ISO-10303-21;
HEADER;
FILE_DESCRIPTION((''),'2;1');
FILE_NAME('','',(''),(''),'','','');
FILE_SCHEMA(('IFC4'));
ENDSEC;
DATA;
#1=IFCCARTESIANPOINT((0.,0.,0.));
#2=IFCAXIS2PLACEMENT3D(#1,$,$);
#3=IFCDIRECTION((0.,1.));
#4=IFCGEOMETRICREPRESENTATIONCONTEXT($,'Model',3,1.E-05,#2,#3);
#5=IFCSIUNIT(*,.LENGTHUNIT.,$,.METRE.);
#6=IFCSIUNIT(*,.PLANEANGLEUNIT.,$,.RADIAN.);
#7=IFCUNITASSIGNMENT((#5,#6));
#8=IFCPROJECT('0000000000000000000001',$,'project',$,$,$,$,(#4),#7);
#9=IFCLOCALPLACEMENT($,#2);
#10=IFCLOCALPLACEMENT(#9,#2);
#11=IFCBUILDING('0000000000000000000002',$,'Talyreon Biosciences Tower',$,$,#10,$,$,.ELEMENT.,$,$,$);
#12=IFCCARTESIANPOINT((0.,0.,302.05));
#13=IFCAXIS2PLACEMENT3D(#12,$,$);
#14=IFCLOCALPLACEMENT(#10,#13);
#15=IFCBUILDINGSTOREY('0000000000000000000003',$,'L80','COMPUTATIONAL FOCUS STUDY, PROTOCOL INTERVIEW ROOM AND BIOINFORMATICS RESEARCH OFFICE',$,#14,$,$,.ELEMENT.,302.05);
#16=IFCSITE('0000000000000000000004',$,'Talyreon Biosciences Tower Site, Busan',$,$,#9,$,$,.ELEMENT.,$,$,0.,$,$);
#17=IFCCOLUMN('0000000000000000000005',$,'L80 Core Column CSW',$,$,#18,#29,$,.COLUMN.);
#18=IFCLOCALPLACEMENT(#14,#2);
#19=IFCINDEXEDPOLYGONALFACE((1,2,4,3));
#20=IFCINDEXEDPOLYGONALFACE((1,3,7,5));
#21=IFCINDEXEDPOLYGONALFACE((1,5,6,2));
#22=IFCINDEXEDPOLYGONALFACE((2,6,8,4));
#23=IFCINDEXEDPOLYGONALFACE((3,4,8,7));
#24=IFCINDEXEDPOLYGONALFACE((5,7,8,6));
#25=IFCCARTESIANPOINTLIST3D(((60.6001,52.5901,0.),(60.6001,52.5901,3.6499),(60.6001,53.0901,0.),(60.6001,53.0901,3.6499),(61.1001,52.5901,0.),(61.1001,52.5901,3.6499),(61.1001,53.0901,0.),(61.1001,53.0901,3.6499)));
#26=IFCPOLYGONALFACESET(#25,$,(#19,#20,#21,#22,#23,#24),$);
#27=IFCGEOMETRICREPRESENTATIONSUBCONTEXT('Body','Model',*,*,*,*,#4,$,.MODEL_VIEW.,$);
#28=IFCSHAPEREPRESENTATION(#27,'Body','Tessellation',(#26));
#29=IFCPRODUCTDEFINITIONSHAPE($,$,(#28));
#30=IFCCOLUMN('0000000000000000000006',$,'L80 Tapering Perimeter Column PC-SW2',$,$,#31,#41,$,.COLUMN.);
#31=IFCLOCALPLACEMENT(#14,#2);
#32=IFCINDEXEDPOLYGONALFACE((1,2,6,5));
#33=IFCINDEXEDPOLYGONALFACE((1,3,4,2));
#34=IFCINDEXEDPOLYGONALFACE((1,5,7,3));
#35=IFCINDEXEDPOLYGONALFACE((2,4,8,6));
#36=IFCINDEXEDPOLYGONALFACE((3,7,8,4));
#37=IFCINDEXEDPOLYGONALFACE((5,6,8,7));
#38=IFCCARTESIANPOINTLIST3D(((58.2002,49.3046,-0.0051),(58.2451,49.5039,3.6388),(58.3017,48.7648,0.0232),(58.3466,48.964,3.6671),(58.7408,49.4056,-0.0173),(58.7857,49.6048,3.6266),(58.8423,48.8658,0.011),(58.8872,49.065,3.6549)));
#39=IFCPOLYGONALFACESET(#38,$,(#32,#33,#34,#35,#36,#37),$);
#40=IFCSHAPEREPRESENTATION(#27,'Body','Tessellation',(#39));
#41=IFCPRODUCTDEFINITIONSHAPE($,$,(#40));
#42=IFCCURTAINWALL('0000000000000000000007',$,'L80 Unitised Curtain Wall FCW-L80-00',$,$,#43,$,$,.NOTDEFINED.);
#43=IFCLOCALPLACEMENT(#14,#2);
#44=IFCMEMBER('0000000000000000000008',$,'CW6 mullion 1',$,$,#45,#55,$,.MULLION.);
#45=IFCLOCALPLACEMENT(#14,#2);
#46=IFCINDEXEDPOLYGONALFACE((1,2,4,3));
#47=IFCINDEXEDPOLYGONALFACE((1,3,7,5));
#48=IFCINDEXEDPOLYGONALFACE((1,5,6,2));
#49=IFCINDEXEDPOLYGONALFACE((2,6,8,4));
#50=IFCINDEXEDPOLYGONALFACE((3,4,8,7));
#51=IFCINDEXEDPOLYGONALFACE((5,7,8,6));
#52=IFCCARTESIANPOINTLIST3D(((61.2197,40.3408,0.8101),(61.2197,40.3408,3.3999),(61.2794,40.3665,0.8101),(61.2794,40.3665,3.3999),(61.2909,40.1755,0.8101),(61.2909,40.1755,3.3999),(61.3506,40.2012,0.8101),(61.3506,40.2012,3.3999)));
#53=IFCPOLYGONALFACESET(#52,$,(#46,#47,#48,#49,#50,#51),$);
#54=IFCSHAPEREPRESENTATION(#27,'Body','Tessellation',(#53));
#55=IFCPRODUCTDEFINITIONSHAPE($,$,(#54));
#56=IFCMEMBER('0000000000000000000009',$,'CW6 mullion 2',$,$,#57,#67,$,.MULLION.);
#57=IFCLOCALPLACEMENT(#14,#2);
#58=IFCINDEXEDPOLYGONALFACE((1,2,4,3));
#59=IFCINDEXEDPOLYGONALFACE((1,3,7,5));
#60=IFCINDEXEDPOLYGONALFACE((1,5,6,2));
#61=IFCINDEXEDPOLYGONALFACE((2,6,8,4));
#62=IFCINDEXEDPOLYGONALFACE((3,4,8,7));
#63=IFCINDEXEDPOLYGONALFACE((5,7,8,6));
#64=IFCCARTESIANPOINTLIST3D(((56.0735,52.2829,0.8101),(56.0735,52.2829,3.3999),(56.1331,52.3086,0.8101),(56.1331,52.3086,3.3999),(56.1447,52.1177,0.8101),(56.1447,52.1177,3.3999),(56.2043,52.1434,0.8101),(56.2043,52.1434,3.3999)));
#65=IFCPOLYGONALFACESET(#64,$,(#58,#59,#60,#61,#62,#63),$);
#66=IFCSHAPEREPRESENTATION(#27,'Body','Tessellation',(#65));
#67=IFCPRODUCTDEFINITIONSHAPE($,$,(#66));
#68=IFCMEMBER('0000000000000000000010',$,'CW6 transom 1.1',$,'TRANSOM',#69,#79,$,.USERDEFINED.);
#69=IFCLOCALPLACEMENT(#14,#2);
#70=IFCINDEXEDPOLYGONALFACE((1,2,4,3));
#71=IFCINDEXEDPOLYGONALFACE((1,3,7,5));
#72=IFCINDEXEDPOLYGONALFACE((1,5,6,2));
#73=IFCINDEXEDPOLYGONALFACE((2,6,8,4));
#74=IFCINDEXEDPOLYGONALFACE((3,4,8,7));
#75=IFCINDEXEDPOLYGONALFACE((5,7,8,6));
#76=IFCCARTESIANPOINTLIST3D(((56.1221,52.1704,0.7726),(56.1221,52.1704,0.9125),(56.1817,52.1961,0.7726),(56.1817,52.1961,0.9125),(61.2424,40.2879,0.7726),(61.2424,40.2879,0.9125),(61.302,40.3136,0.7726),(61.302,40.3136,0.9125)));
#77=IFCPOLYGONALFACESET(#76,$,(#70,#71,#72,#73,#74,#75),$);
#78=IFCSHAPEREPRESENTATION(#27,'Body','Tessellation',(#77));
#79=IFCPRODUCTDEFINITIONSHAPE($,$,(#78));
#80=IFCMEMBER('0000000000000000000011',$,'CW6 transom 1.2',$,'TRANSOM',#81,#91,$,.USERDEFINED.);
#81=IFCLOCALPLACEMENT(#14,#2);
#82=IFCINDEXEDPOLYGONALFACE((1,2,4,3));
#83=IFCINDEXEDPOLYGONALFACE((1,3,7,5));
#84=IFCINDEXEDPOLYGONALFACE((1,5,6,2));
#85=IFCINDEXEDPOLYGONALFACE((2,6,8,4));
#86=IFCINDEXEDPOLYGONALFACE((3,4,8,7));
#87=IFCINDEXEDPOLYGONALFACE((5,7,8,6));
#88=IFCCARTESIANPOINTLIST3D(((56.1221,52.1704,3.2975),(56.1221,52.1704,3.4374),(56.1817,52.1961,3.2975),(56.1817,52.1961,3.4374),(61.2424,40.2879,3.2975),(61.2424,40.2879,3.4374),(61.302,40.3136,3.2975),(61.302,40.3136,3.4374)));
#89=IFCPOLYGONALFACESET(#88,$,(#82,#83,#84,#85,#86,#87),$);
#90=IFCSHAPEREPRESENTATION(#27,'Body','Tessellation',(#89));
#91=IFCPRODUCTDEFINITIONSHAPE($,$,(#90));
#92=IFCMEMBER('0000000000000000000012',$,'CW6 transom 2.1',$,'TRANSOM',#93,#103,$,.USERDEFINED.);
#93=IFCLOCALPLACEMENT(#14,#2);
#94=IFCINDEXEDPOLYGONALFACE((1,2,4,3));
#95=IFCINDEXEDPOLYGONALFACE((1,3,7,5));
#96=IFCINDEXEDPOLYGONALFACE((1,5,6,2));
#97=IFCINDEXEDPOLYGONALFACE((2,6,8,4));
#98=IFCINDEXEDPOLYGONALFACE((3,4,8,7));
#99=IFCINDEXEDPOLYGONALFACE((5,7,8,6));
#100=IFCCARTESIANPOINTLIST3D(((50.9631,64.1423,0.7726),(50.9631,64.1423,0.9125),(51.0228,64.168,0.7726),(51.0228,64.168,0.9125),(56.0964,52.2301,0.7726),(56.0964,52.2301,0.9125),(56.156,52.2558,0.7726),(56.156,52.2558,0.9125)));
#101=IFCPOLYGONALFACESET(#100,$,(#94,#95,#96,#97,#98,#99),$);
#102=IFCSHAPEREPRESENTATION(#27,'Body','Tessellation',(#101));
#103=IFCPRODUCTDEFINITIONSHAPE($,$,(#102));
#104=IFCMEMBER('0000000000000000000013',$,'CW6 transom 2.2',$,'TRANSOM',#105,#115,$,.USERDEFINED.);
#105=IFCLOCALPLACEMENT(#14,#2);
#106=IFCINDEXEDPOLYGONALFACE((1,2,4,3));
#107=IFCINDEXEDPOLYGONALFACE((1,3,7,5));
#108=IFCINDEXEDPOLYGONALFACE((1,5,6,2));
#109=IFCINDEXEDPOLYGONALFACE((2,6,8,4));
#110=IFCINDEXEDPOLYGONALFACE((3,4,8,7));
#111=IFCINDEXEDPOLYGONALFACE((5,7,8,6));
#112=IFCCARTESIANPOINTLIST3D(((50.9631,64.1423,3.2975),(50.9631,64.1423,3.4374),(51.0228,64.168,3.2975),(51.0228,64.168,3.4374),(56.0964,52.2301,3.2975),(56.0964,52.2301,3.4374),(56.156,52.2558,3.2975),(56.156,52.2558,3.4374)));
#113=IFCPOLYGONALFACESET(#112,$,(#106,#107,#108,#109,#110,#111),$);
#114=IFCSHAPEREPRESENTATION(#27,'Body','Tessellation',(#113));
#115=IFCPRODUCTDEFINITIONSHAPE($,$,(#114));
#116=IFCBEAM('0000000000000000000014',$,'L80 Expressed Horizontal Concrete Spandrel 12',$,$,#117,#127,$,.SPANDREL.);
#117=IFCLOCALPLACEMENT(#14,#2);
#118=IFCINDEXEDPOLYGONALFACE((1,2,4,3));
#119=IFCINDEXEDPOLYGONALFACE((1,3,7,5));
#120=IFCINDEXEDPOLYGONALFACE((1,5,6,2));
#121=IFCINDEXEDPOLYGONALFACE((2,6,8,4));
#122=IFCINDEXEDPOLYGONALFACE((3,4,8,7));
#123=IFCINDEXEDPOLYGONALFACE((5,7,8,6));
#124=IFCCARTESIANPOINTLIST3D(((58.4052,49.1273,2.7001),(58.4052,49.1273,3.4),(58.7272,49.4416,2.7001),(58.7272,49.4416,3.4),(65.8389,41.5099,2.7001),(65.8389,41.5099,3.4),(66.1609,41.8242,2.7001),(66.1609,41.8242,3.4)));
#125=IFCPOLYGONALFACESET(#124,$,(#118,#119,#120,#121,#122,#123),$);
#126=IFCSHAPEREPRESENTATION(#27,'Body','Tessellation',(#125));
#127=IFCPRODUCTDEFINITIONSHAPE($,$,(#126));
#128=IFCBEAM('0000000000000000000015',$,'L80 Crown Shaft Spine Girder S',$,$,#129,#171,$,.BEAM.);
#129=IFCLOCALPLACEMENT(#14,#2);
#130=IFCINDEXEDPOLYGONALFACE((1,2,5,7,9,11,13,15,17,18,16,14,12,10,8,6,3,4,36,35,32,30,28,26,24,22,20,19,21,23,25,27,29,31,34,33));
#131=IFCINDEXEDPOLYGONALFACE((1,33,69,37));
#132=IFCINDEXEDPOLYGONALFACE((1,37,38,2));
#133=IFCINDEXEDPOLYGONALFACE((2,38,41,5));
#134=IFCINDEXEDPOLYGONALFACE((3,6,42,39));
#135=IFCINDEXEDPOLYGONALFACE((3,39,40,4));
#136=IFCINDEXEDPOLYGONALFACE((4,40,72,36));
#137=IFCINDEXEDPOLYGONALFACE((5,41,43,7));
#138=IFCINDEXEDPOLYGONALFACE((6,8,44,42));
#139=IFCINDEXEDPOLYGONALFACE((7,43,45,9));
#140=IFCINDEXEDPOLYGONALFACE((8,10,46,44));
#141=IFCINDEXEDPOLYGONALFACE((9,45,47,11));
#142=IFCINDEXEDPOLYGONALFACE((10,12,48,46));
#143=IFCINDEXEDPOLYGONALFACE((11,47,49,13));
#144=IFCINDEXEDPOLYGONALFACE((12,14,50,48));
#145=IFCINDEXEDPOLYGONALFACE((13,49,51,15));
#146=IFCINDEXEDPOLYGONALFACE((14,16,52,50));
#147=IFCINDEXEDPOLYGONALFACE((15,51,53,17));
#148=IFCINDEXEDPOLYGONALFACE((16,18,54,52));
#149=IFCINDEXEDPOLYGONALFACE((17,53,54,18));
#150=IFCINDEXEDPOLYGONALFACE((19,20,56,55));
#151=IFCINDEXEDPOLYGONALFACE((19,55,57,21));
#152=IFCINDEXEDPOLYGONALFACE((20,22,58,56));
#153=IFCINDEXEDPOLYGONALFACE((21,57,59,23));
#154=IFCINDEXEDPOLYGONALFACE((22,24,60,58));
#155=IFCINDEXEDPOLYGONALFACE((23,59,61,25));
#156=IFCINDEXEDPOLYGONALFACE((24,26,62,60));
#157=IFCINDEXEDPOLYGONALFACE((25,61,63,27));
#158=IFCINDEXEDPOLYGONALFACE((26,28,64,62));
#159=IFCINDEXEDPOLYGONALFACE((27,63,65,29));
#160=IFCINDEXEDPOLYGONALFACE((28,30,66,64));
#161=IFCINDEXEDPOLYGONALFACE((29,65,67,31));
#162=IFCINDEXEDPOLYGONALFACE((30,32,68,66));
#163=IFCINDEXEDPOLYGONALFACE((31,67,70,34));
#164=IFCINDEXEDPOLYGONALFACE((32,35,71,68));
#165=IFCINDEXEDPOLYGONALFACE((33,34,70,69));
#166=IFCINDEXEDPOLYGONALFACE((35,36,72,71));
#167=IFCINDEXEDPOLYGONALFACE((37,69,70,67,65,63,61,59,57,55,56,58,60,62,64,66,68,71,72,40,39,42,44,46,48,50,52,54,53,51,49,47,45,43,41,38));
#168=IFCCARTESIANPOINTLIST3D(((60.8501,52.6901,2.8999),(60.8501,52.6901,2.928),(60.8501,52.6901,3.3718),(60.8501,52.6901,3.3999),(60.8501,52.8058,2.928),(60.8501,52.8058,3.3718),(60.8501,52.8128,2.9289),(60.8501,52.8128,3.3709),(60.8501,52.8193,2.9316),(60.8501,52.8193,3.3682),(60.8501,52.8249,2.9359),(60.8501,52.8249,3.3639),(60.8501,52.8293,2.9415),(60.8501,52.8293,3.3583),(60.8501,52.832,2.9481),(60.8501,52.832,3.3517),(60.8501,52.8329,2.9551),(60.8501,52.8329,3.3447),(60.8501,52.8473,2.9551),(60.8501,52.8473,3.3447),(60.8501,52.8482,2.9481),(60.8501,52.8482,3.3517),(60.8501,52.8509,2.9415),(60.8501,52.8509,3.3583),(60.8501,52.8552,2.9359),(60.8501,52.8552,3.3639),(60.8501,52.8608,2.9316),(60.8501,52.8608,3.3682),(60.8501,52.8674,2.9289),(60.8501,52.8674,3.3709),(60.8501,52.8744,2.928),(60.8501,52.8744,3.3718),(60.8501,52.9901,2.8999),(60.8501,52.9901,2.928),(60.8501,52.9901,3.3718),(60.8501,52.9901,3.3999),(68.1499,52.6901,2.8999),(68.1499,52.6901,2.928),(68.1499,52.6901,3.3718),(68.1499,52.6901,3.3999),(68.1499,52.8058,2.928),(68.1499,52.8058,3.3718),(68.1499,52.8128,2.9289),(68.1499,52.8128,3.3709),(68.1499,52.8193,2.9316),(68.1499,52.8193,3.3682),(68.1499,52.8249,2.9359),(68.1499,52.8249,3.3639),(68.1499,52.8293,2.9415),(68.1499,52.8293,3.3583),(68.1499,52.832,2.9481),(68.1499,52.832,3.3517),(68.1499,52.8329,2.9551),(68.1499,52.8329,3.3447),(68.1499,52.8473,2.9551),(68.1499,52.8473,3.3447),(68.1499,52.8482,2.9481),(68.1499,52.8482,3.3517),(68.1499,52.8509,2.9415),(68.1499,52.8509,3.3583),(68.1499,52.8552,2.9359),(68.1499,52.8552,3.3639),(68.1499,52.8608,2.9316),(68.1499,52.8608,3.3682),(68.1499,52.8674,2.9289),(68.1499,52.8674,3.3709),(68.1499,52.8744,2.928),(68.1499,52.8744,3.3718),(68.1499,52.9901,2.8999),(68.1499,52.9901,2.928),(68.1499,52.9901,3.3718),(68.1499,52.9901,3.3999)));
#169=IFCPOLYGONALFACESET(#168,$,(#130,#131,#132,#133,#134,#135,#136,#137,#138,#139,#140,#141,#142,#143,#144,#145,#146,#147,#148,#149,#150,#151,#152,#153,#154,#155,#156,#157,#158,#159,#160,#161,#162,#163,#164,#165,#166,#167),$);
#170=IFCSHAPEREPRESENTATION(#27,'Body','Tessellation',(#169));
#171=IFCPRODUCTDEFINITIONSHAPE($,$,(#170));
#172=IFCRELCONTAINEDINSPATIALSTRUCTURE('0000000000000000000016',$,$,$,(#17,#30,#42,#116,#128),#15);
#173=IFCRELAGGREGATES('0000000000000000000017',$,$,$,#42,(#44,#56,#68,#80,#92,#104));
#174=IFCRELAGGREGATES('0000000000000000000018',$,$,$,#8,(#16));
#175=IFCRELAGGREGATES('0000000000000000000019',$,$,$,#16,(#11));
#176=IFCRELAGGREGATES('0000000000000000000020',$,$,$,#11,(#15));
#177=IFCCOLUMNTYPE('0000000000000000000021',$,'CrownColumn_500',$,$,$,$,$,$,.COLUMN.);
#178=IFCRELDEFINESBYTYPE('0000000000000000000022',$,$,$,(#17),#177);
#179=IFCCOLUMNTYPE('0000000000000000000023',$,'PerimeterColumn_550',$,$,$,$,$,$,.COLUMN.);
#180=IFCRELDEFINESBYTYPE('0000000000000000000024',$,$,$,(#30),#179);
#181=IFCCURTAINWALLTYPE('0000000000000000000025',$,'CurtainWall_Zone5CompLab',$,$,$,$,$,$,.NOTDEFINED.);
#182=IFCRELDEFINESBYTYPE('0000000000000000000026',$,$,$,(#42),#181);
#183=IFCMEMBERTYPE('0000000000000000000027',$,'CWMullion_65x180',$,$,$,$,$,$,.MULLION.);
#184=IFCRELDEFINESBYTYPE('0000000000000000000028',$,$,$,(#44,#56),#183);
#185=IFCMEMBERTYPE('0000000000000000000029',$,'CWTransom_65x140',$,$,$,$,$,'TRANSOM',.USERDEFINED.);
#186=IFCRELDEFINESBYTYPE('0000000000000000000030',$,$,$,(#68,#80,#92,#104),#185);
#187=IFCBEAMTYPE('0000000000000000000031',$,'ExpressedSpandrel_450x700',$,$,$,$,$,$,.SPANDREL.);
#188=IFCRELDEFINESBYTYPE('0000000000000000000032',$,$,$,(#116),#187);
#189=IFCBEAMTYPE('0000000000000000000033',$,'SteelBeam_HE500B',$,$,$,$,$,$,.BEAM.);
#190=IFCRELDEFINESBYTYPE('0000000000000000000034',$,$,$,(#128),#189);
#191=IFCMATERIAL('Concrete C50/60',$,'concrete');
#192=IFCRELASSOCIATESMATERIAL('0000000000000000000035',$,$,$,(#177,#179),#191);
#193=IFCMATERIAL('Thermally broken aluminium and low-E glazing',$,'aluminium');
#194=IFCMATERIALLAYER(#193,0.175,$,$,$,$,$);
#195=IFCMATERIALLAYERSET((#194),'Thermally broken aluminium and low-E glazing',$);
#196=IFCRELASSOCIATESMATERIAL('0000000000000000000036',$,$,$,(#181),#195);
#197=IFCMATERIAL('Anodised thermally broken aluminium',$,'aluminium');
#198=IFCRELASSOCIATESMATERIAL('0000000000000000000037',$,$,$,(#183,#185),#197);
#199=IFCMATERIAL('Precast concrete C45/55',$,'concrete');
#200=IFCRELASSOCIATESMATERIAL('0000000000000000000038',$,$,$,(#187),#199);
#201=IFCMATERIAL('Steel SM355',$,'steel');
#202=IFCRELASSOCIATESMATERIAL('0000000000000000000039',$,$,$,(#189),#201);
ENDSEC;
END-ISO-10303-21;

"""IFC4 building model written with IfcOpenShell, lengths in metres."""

from ifc_helpers import new_model, si_unit, direction, frame, origin, origin_2d, place, context, subcontext, project, spatial, rectangle, i_section, extrude, material, layer, layer_set, material_profile, profile_set, type_object, element, aggregate, save


model = new_model("IFC4")

# Units and contexts
model_context = context("Model", 3, precision=1e-05, world=origin(), true_north=direction((0.0, 1.0)))
body_context = subcontext(model_context, "Body", "Model", "MODEL_VIEW")
ifc_project = project(units=[si_unit("LENGTHUNIT", "METRE"), si_unit("PLANEANGLEUNIT", "RADIAN")], contexts=[model_context])

# Site, building, storey
site_placement = place(None, origin())
site = spatial("IfcSite", under=ifc_project, at=site_placement, Name="Talyreon Biosciences Tower Site, Busan", CompositionType="ELEMENT", RefElevation=0.0)
building_placement = place(site_placement, origin())
building = spatial("IfcBuilding", under=site, at=building_placement, Name="Talyreon Biosciences Tower", CompositionType="ELEMENT")
storey_placement = place(building_placement, frame((0.0, 0.0, 302.05)))
storey = spatial("IfcBuildingStorey", under=building, at=storey_placement, Name="L80", Description="COMPUTATIONAL FOCUS STUDY, PROTOCOL INTERVIEW ROOM AND BIOINFORMATICS RESEARCH OFFICE", CompositionType="ELEMENT", Elevation=302.05)

# Columns
ifc_material_1 = material(Name="Concrete C50/60", Category="concrete")
ifc_material_profile_1 = material_profile(ifc_material_1, rectangle(XDim=0.5, YDim=0.5, at=origin_2d()), Name="RC 500x500")
ifc_profile_set_1 = profile_set([ifc_material_profile_1], Name="Concrete C50/60")
column_type_1 = type_object("IfcColumnType", Name="CrownColumn_500", PredefinedType="COLUMN", material=ifc_profile_set_1)
column_1_placement = place(storey_placement, frame((60.8501, 52.8401, 0.0), z_axis=(0.0, 0.0, 1.0), x_axis=(1.0, 0.0, 0.0)))
element("IfcColumn", 1, at=column_1_placement, inside=storey, type_object=column_type_1, Name="L80 Core Column CSW", PredefinedType="COLUMN", context=body_context, shape_type="SweptSolid", body=[
    extrude(rectangle(XDim=0.5, YDim=0.5, at=origin_2d()), origin(), (0.0, 0.0, 1.0), 3.6499),
])
ifc_material_profile_2 = material_profile(ifc_material_1, rectangle(XDim=0.55, YDim=0.55, at=origin_2d()), Name="RC 550x550")
ifc_profile_set_2 = profile_set([ifc_material_profile_2], Name="Concrete C50/60")
column_type_2 = type_object("IfcColumnType", Name="PerimeterColumn_550", PredefinedType="COLUMN", material=ifc_profile_set_2)
column_2_placement = place(storey_placement, frame((58.5212, 49.0852, 0.0029), z_axis=(0.012308, 0.054584, 0.998433), x_axis=(-0.184506, 0.981487, -0.051383)))
element("IfcColumn", 2, at=column_2_placement, inside=storey, type_object=column_type_2, Name="L80 Tapering Perimeter Column PC-SW2", PredefinedType="COLUMN", context=body_context, shape_type="SweptSolid", body=[
    extrude(rectangle(XDim=0.55, YDim=0.55, at=origin_2d()), origin(), (0.0, 0.0, 1.0), 3.6497),
])

# Curtain wall, members
ifc_material_2 = material(Name="Thermally broken aluminium and low-E glazing", Category="aluminium")
ifc_layer_1 = layer(ifc_material_2, 0.175)
ifc_layer_set_1 = layer_set([ifc_layer_1], Name="Thermally broken aluminium and low-E glazing")
curtain_wall_type = type_object("IfcCurtainWallType", Name="CurtainWall_Zone5CompLab", PredefinedType="NOTDEFINED", material=ifc_layer_set_1)
curtain_wall_placement = place(storey_placement, origin())
curtain_wall = element("IfcCurtainWall", 3, at=curtain_wall_placement, inside=storey, type_object=curtain_wall_type, Name="L80 Unitised Curtain Wall FCW-L80-00", PredefinedType="NOTDEFINED")
ifc_material_3 = material(Name="Anodised thermally broken aluminium", Category="aluminium")
ifc_material_profile_3 = material_profile(ifc_material_3, rectangle(XDim=0.0649, YDim=0.1799, at=origin_2d()), Name="ALUM MULLION 65x180")
ifc_profile_set_3 = profile_set([ifc_material_profile_3], Name="Anodised thermally broken aluminium")
member_type_1 = type_object("IfcMemberType", Name="CWMullion_65x180", PredefinedType="MULLION", material=ifc_profile_set_3)
member_1_placement = place(storey_placement, frame((61.2852, 40.271, 0.8101), z_axis=(0.0, 0.0, 1.0), x_axis=(-0.918363, -0.395738, 0.0)))
member_1 = element("IfcMember", 4, at=member_1_placement, type_object=member_type_1, Name="CW6 mullion 1", PredefinedType="MULLION", context=body_context, shape_type="SweptSolid", body=[
    extrude(rectangle(XDim=0.0649, YDim=0.1799, at=origin_2d()), origin(), (0.0, 0.0, 1.0), 2.5898),
])
member_2_placement = place(storey_placement, frame((56.1389, 52.2131, 0.8101), z_axis=(0.0, 0.0, 1.0), x_axis=(-0.918363, -0.395738, 0.0)))
member_2 = element("IfcMember", 5, at=member_2_placement, type_object=member_type_1, Name="CW6 mullion 2", PredefinedType="MULLION", context=body_context, shape_type="SweptSolid", body=[
    extrude(rectangle(XDim=0.0649, YDim=0.1799, at=origin_2d()), origin(), (0.0, 0.0, 1.0), 2.5898),
])
ifc_material_profile_4 = material_profile(ifc_material_3, rectangle(XDim=0.0649, YDim=0.1399, at=origin_2d()), Name="ALUM TRANSOM 65x140")
ifc_profile_set_4 = profile_set([ifc_material_profile_4], Name="Anodised thermally broken aluminium")
member_type_2 = type_object("IfcMemberType", Name="CWTransom_65x140", ElementType="TRANSOM", PredefinedType="USERDEFINED", material=ifc_profile_set_4)
member_3_placement = place(storey_placement, frame((61.2722, 40.3008, 0.8425), z_axis=(-0.395736, 0.918364, 0.0), x_axis=(-0.918364, -0.395736, 0.0)))
member_3 = element("IfcMember", 6, at=member_3_placement, type_object=member_type_2, Name="CW6 transom 1.1", ObjectType="TRANSOM", PredefinedType="USERDEFINED", context=body_context, shape_type="SweptSolid", body=[
    extrude(rectangle(XDim=0.0649, YDim=0.1399, at=origin_2d()), origin(), (0.0, 0.0, 1.0), 12.9387),
])
member_4_placement = place(storey_placement, frame((61.2722, 40.3008, 3.3674), z_axis=(-0.395736, 0.918364, 0.0), x_axis=(-0.918364, -0.395736, 0.0)))
member_4 = element("IfcMember", 7, at=member_4_placement, type_object=member_type_2, Name="CW6 transom 1.2", ObjectType="TRANSOM", PredefinedType="USERDEFINED", context=body_context, shape_type="SweptSolid", body=[
    extrude(rectangle(XDim=0.0649, YDim=0.1399, at=origin_2d()), origin(), (0.0, 0.0, 1.0), 12.9387),
])
member_5_placement = place(storey_placement, frame((56.1262, 52.2429, 0.8425), z_axis=(-0.395743, 0.918361, 0.0), x_axis=(-0.918361, -0.395743, 0.0)))
member_5 = element("IfcMember", 8, at=member_5_placement, type_object=member_type_2, Name="CW6 transom 2.1", ObjectType="TRANSOM", PredefinedType="USERDEFINED", context=body_context, shape_type="SweptSolid", body=[
    extrude(rectangle(XDim=0.0649, YDim=0.1399, at=origin_2d()), origin(), (0.0, 0.0, 1.0), 12.9712),
])
member_6_placement = place(storey_placement, frame((56.1262, 52.2429, 3.3674), z_axis=(-0.395743, 0.918361, 0.0), x_axis=(-0.918361, -0.395743, 0.0)))
member_6 = element("IfcMember", 9, at=member_6_placement, type_object=member_type_2, Name="CW6 transom 2.2", ObjectType="TRANSOM", PredefinedType="USERDEFINED", context=body_context, shape_type="SweptSolid", body=[
    extrude(rectangle(XDim=0.0649, YDim=0.1399, at=origin_2d()), origin(), (0.0, 0.0, 1.0), 12.9712),
])

# Beams
ifc_material_4 = material(Name="Precast concrete C45/55", Category="concrete")
ifc_material_profile_5 = material_profile(ifc_material_4, rectangle(XDim=0.45, YDim=0.7, at=origin_2d()), Name="RCB 450x700")
ifc_profile_set_5 = profile_set([ifc_material_profile_5], Name="Precast concrete C45/55")
beam_type_1 = type_object("IfcBeamType", Name="ExpressedSpandrel_450x700", PredefinedType="SPANDREL", material=ifc_profile_set_5)
beam_1_placement = place(storey_placement, frame((58.5662, 49.2844, 3.05), z_axis=(0.69843, -0.715679, 0.0), x_axis=(0.715679, 0.69843, 0.0)))
element("IfcBeam", 10, at=beam_1_placement, inside=storey, type_object=beam_type_1, Name="L80 Expressed Horizontal Concrete Spandrel 12", PredefinedType="SPANDREL", context=body_context, shape_type="SweptSolid", body=[
    extrude(rectangle(XDim=0.45, YDim=0.7, at=origin_2d()), origin(), (0.0, 0.0, 1.0), 10.6436),
])
ifc_material_5 = material(Name="Steel SM355", Category="steel")
ifc_material_profile_6 = material_profile(ifc_material_5, i_section(OverallWidth=0.3, OverallDepth=0.5, WebThickness=0.0144, FlangeThickness=0.0281, FilletRadius=0.0271, at=origin_2d()), Name="HE500B")
ifc_profile_set_6 = profile_set([ifc_material_profile_6], Name="Steel SM355")
beam_type_2 = type_object("IfcBeamType", Name="SteelBeam_HE500B", PredefinedType="BEAM", material=ifc_profile_set_6)
beam_2_placement = place(storey_placement, frame((60.8501, 52.8401, 3.1499), z_axis=(1.0, 0.0, 0.0), x_axis=(0.0, 1.0, 0.0)))
element("IfcBeam", 11, at=beam_2_placement, inside=storey, type_object=beam_type_2, Name="L80 Crown Shaft Spine Girder S", PredefinedType="BEAM", context=body_context, shape_type="SweptSolid", body=[
    extrude(i_section(OverallWidth=0.3, OverallDepth=0.5, WebThickness=0.0144, FlangeThickness=0.0281, FilletRadius=0.0271, at=origin_2d()), origin(), (0.0, 0.0, 1.0), 7.2998),
])

aggregate(curtain_wall, [member_1, member_2, member_3, member_4, member_5, member_6])

save(model, "model.ifc")
